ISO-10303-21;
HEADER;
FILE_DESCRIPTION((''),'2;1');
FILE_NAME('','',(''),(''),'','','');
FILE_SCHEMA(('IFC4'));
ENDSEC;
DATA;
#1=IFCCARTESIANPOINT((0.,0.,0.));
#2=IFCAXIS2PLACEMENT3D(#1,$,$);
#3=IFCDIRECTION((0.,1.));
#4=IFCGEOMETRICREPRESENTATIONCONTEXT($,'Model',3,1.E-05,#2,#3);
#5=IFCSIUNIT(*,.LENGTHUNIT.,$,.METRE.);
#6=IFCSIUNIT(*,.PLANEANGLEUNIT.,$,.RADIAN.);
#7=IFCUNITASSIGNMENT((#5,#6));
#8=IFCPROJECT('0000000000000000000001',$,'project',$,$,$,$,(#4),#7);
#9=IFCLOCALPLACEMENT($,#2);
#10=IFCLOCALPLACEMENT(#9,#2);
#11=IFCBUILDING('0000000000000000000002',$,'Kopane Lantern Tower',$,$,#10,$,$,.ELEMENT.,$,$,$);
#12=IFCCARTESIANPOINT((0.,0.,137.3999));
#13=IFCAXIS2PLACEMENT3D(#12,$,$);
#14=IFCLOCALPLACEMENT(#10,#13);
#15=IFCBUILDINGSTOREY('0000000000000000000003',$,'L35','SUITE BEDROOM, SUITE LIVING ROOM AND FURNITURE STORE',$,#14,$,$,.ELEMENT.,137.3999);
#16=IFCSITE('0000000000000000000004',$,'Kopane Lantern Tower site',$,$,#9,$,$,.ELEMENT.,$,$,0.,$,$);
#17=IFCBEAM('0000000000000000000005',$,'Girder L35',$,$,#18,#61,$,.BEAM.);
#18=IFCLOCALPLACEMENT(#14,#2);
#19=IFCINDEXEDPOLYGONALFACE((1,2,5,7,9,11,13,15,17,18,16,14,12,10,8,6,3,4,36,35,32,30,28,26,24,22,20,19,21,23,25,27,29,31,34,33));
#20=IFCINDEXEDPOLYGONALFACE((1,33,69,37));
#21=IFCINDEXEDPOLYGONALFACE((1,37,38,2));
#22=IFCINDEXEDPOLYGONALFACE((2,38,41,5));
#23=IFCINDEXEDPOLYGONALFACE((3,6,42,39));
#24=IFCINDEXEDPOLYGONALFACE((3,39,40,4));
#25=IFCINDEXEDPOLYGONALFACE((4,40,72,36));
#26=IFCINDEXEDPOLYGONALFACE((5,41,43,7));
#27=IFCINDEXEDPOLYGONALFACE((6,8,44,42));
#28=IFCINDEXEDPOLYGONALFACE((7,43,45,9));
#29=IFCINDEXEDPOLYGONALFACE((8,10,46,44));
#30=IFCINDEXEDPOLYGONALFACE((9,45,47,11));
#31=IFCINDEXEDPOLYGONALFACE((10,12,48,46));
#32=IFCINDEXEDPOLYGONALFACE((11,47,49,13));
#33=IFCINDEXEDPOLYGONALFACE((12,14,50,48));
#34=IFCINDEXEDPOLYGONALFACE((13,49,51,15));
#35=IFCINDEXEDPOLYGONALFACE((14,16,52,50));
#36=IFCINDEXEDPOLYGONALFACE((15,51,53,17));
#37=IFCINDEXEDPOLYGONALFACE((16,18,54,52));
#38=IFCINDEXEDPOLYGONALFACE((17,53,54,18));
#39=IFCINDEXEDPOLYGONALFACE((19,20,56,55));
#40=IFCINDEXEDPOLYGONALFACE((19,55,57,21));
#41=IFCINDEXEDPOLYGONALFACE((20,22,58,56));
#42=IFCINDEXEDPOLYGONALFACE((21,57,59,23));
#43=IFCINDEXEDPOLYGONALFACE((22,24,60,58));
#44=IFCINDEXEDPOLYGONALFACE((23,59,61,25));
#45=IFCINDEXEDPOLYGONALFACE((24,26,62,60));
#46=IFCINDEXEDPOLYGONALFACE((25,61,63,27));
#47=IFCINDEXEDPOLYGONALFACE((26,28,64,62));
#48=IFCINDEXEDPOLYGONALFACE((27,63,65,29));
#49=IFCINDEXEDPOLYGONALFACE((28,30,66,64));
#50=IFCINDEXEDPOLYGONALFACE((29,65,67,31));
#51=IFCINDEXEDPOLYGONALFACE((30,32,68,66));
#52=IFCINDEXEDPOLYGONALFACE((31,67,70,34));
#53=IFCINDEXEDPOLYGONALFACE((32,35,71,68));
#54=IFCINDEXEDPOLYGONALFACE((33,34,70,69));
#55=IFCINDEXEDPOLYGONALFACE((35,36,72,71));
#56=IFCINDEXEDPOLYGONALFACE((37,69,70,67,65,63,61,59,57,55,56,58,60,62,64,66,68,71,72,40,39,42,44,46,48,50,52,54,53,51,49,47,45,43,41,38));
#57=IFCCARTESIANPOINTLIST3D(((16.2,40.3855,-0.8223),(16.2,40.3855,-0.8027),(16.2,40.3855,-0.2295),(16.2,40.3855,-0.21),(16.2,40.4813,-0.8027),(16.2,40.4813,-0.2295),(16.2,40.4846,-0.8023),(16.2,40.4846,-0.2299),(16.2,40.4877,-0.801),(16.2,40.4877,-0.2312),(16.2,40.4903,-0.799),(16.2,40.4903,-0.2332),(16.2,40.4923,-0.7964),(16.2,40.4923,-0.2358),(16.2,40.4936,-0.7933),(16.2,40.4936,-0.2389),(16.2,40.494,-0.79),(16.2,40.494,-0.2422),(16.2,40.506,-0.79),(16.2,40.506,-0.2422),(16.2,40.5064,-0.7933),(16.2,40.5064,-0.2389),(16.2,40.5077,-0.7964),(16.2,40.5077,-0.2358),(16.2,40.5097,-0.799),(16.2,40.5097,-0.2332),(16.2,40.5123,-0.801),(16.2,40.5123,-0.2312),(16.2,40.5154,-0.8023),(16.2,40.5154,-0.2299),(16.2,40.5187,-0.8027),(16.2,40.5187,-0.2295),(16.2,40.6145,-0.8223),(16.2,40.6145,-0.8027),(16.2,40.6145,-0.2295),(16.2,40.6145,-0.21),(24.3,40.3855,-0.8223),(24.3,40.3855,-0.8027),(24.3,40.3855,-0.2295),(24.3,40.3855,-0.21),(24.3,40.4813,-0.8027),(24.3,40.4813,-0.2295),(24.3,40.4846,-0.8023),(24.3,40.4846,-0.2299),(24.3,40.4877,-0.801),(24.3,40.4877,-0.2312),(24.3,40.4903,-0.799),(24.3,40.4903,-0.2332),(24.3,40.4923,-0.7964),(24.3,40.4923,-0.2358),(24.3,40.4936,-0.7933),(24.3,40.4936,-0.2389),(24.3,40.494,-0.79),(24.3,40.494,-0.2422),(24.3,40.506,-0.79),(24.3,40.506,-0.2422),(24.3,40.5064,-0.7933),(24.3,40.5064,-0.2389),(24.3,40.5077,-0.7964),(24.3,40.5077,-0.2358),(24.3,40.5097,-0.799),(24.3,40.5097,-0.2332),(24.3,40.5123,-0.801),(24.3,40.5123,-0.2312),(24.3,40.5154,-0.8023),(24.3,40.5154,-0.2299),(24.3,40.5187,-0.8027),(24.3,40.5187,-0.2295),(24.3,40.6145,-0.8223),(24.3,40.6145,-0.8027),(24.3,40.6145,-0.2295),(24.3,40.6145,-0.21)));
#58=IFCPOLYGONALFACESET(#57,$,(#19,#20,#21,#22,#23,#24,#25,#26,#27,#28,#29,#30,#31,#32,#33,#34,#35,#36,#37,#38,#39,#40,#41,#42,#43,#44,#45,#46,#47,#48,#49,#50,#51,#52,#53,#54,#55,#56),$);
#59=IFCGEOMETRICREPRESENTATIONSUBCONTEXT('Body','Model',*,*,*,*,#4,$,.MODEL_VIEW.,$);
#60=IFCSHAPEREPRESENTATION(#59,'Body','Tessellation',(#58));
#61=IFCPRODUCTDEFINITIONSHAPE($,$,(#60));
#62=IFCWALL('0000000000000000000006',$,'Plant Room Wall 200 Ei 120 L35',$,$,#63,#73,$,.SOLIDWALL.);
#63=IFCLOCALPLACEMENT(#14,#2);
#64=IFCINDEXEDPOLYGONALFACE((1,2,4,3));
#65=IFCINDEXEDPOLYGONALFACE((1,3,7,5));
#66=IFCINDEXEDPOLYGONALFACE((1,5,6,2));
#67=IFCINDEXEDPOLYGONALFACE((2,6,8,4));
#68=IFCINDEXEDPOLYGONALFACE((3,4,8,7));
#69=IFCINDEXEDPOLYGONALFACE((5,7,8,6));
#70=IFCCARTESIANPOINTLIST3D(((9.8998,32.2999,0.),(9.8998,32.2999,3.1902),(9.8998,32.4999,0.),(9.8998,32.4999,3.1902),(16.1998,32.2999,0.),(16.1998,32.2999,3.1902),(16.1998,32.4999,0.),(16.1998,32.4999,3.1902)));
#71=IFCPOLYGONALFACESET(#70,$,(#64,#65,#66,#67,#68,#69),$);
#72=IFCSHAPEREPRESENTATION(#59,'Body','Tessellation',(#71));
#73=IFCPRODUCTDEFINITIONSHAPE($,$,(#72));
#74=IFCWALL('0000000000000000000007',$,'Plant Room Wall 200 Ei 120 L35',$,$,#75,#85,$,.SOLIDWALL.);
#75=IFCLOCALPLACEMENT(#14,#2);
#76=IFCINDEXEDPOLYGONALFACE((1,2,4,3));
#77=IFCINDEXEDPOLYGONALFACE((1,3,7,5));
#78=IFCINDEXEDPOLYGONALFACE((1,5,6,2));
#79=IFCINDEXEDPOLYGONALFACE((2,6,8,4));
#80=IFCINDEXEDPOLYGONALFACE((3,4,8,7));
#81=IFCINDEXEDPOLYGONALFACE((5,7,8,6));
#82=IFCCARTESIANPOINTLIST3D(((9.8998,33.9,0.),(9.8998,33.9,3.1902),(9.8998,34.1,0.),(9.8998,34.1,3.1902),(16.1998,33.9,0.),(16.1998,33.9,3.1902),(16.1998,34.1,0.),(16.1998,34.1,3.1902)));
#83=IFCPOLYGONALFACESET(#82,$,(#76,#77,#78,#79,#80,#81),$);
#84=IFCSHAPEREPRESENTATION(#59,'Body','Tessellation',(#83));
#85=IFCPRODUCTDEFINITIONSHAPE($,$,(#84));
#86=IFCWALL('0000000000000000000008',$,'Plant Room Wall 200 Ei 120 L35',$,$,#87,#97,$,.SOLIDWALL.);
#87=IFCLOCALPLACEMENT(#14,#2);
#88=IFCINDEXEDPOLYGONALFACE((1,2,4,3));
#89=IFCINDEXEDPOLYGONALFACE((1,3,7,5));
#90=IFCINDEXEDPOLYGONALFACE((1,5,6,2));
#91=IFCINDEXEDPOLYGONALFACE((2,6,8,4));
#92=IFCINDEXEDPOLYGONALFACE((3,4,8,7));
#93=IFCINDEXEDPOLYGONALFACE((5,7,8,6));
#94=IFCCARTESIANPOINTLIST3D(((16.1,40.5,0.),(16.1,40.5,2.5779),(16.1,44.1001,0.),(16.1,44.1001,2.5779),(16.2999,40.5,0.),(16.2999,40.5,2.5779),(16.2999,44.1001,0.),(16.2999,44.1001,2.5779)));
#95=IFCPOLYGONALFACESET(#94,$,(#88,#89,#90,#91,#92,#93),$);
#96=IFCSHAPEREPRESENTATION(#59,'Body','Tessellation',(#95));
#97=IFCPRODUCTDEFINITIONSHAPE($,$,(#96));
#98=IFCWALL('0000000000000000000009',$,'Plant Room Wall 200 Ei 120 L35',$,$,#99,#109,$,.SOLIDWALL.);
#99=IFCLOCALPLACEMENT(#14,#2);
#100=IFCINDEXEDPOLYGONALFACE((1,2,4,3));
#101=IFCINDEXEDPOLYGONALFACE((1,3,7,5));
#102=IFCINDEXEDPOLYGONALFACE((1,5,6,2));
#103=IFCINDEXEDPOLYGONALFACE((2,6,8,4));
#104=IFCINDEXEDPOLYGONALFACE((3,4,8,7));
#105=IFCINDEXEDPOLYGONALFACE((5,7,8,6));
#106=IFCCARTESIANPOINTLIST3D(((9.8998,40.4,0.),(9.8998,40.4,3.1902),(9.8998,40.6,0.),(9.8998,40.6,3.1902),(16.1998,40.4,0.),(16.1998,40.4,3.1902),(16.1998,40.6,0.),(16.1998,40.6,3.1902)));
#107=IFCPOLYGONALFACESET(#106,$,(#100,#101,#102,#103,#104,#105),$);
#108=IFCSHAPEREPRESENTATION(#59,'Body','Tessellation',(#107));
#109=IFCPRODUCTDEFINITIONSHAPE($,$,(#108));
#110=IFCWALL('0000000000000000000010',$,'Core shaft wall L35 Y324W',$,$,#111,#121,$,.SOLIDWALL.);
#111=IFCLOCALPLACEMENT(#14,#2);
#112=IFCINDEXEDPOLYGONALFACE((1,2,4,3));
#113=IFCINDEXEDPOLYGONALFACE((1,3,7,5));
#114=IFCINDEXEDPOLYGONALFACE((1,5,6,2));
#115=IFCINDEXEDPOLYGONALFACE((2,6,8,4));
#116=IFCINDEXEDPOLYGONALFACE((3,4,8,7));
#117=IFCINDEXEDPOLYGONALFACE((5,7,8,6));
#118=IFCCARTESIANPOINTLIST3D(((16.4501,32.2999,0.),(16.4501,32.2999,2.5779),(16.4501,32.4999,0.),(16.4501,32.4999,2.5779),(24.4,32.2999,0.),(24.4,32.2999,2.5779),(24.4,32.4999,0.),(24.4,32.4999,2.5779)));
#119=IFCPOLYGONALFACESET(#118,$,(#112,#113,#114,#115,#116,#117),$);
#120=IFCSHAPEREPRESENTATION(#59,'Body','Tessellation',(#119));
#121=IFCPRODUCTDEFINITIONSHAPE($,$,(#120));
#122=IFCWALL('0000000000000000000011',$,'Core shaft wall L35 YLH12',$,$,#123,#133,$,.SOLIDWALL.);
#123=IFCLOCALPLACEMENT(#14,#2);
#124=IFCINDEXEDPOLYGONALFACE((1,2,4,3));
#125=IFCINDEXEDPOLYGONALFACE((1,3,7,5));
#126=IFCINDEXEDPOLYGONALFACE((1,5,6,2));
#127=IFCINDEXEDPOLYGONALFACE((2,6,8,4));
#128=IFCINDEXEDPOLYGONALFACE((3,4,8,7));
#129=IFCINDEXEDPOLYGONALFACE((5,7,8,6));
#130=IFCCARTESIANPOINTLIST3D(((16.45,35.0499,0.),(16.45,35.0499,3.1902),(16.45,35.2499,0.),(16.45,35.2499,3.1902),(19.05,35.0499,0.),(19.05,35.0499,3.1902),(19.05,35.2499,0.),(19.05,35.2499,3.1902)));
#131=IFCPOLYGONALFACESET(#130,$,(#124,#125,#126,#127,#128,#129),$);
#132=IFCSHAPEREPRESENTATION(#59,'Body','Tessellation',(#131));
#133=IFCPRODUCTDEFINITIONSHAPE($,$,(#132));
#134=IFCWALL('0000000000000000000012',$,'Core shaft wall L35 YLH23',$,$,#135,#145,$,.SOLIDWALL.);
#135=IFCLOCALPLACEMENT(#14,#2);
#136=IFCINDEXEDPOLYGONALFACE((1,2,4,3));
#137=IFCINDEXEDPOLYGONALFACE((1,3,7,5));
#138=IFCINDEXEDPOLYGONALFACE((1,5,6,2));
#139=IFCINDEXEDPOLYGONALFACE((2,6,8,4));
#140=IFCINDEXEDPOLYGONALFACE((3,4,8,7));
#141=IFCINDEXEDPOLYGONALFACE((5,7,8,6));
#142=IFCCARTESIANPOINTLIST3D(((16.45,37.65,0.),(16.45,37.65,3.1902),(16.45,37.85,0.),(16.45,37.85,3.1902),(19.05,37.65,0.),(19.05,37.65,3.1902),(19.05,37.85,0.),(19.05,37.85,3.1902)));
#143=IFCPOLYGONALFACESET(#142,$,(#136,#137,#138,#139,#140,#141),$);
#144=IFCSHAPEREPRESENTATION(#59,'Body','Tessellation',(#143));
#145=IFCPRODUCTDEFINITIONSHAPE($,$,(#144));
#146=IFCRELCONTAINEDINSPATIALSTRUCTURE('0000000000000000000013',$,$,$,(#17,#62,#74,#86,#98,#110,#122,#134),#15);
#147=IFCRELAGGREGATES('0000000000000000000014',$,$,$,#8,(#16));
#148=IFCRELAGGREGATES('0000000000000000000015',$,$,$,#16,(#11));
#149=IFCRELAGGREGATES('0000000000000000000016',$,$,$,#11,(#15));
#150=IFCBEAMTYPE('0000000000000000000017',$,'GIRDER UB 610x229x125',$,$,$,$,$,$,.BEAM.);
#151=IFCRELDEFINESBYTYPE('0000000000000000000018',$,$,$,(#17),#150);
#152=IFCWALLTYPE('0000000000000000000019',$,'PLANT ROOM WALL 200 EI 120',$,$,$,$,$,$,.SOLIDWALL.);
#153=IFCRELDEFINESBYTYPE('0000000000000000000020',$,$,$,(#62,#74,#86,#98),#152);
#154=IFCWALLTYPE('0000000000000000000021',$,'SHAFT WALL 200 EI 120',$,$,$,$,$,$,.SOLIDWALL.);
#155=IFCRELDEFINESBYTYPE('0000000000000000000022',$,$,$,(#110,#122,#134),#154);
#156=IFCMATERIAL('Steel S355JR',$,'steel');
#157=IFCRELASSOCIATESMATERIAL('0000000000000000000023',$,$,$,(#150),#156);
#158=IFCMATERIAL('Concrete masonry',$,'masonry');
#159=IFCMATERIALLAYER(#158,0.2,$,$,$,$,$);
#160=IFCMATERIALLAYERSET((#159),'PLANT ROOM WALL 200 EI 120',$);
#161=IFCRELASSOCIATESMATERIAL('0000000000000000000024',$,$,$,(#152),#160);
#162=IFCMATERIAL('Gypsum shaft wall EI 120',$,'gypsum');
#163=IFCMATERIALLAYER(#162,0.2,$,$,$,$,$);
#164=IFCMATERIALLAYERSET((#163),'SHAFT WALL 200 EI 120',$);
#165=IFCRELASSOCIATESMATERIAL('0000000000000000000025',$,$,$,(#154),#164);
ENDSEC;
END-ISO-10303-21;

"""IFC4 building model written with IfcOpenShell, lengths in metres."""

from ifc_helpers import new_model, si_unit, direction, frame, frame_2d, origin, origin_2d, place, context, subcontext, project, spatial, rectangle, i_section, extrude, material, layer, layer_set, material_profile, profile_set, type_object, element, save


model = new_model("IFC4")

# Units and contexts
model_context = context("Model", 3, precision=1e-05, world=origin(), true_north=direction((0.0, 1.0)))
body_context = subcontext(model_context, "Body", "Model", "MODEL_VIEW")
ifc_project = project(units=[si_unit("LENGTHUNIT", "METRE"), si_unit("PLANEANGLEUNIT", "RADIAN")], contexts=[model_context])

# Site, building, storey
site_placement = place(None, origin())
site = spatial("IfcSite", under=ifc_project, at=site_placement, Name="Kopane Lantern Tower site", CompositionType="ELEMENT", RefElevation=0.0)
building_placement = place(site_placement, origin())
building = spatial("IfcBuilding", under=site, at=building_placement, Name="Kopane Lantern Tower", CompositionType="ELEMENT")
storey_placement = place(building_placement, frame((0.0, 0.0, 137.3999)))
storey = spatial("IfcBuildingStorey", under=building, at=storey_placement, Name="L35", Description="SUITE BEDROOM, SUITE LIVING ROOM AND FURNITURE STORE", CompositionType="ELEMENT", Elevation=137.3999)

# Beam
ifc_material_1 = material(Name="Steel S355JR", Category="steel")
ifc_material_profile_1 = material_profile(ifc_material_1, i_section(OverallWidth=0.229, OverallDepth=0.6123, WebThickness=0.012, FlangeThickness=0.0195, FilletRadius=0.0127, at=origin_2d()), Name="UB 610x229x125")
ifc_profile_set_1 = profile_set([ifc_material_profile_1], Name="Steel S355JR")
beam_type_1 = type_object("IfcBeamType", Name="GIRDER UB 610x229x125", PredefinedType="BEAM", material=ifc_profile_set_1)
beam_1_placement = place(storey_placement, frame((16.2, 40.5, -0.5161), z_axis=(1.0, 0.0, 0.0), x_axis=(0.0, 1.0, 0.0)))
element("IfcBeam", 1, at=beam_1_placement, inside=storey, type_object=beam_type_1, Name="Girder L35", PredefinedType="BEAM", context=body_context, shape_type="SweptSolid", body=[
    extrude(i_section(OverallWidth=0.229, OverallDepth=0.6123, WebThickness=0.012, FlangeThickness=0.0195, FilletRadius=0.0127, at=origin_2d()), origin(), (0.0, 0.0, 1.0), 8.1001),
])

# Walls
ifc_material_2 = material(Name="Concrete masonry", Category="masonry")
ifc_layer_1 = layer(ifc_material_2, 0.2)
ifc_layer_set_1 = layer_set([ifc_layer_1], Name="PLANT ROOM WALL 200 EI 120")
wall_type_1 = type_object("IfcWallType", Name="PLANT ROOM WALL 200 EI 120", PredefinedType="SOLIDWALL", material=ifc_layer_set_1)
for number, where, z_axis, x_axis, name in (
    (2, (9.8999, 32.3999, 0.0), (0.0, 0.0, 1.0), (1.0, 0.0, 0.0), "Plant Room Wall 200 Ei 120 L35"),
    (3, (9.8999, 34.0, 0.0), (0.0, 0.0, 1.0), (1.0, 0.0, 0.0), "Plant Room Wall 200 Ei 120 L35"),
):
    element("IfcWall", number, at=place(storey_placement, frame(where, z_axis=z_axis, x_axis=x_axis)), inside=storey, type_object=wall_type_1, Name=name, PredefinedType="SOLIDWALL", context=body_context, shape_type="SweptSolid", body=[
        extrude(rectangle(XDim=6.3, YDim=0.2, at=frame_2d((3.1499, 0.0))), origin(), (0.0, 0.0, 1.0), 3.1902),
    ])
wall_1_placement = place(storey_placement, frame((16.2, 40.5, 0.0), z_axis=(0.0, 0.0, 1.0), x_axis=(0.0, 1.0, 0.0)))
element("IfcWall", 4, at=wall_1_placement, inside=storey, type_object=wall_type_1, Name="Plant Room Wall 200 Ei 120 L35", PredefinedType="SOLIDWALL", context=body_context, shape_type="SweptSolid", body=[
    extrude(rectangle(XDim=3.6001, YDim=0.2, at=frame_2d((1.8, 0.0))), origin(), (0.0, 0.0, 1.0), 2.5779),
])
wall_2_placement = place(storey_placement, frame((9.8999, 40.5, 0.0), z_axis=(0.0, 0.0, 1.0), x_axis=(1.0, 0.0, 0.0)))
element("IfcWall", 5, at=wall_2_placement, inside=storey, type_object=wall_type_1, Name="Plant Room Wall 200 Ei 120 L35", PredefinedType="SOLIDWALL", context=body_context, shape_type="SweptSolid", body=[
    extrude(rectangle(XDim=6.3, YDim=0.2, at=frame_2d((3.1499, 0.0))), origin(), (0.0, 0.0, 1.0), 3.1902),
])
ifc_material_3 = material(Name="Gypsum shaft wall EI 120", Category="gypsum")
ifc_layer_2 = layer(ifc_material_3, 0.2)
ifc_layer_set_2 = layer_set([ifc_layer_2], Name="SHAFT WALL 200 EI 120")
wall_type_2 = type_object("IfcWallType", Name="SHAFT WALL 200 EI 120", PredefinedType="SOLIDWALL", material=ifc_layer_set_2)
wall_3_placement = place(storey_placement, frame((16.45, 32.3999, 0.0), z_axis=(0.0, 0.0, 1.0), x_axis=(1.0, 0.0, 0.0)))
element("IfcWall", 6, at=wall_3_placement, inside=storey, type_object=wall_type_2, Name="Core shaft wall L35 Y324W", PredefinedType="SOLIDWALL", context=body_context, shape_type="SweptSolid", body=[
    extrude(rectangle(XDim=7.95, YDim=0.2, at=frame_2d((3.9751, 0.0))), origin(), (0.0, 0.0, 1.0), 2.5779),
])
for number, where, z_axis, x_axis, name in (
    (7, (16.45, 35.1499, 0.0), (0.0, 0.0, 1.0), (1.0, 0.0, 0.0), "Core shaft wall L35 YLH12"),
    (8, (16.45, 37.75, 0.0), (0.0, 0.0, 1.0), (1.0, 0.0, 0.0), "Core shaft wall L35 YLH23"),
):
    element("IfcWall", number, at=place(storey_placement, frame(where, z_axis=z_axis, x_axis=x_axis)), inside=storey, type_object=wall_type_2, Name=name, PredefinedType="SOLIDWALL", context=body_context, shape_type="SweptSolid", body=[
        extrude(rectangle(XDim=2.6001, YDim=0.2, at=frame_2d((1.3, 0.0))), origin(), (0.0, 0.0, 1.0), 3.1902),
    ])

save(model, "model.ifc")
